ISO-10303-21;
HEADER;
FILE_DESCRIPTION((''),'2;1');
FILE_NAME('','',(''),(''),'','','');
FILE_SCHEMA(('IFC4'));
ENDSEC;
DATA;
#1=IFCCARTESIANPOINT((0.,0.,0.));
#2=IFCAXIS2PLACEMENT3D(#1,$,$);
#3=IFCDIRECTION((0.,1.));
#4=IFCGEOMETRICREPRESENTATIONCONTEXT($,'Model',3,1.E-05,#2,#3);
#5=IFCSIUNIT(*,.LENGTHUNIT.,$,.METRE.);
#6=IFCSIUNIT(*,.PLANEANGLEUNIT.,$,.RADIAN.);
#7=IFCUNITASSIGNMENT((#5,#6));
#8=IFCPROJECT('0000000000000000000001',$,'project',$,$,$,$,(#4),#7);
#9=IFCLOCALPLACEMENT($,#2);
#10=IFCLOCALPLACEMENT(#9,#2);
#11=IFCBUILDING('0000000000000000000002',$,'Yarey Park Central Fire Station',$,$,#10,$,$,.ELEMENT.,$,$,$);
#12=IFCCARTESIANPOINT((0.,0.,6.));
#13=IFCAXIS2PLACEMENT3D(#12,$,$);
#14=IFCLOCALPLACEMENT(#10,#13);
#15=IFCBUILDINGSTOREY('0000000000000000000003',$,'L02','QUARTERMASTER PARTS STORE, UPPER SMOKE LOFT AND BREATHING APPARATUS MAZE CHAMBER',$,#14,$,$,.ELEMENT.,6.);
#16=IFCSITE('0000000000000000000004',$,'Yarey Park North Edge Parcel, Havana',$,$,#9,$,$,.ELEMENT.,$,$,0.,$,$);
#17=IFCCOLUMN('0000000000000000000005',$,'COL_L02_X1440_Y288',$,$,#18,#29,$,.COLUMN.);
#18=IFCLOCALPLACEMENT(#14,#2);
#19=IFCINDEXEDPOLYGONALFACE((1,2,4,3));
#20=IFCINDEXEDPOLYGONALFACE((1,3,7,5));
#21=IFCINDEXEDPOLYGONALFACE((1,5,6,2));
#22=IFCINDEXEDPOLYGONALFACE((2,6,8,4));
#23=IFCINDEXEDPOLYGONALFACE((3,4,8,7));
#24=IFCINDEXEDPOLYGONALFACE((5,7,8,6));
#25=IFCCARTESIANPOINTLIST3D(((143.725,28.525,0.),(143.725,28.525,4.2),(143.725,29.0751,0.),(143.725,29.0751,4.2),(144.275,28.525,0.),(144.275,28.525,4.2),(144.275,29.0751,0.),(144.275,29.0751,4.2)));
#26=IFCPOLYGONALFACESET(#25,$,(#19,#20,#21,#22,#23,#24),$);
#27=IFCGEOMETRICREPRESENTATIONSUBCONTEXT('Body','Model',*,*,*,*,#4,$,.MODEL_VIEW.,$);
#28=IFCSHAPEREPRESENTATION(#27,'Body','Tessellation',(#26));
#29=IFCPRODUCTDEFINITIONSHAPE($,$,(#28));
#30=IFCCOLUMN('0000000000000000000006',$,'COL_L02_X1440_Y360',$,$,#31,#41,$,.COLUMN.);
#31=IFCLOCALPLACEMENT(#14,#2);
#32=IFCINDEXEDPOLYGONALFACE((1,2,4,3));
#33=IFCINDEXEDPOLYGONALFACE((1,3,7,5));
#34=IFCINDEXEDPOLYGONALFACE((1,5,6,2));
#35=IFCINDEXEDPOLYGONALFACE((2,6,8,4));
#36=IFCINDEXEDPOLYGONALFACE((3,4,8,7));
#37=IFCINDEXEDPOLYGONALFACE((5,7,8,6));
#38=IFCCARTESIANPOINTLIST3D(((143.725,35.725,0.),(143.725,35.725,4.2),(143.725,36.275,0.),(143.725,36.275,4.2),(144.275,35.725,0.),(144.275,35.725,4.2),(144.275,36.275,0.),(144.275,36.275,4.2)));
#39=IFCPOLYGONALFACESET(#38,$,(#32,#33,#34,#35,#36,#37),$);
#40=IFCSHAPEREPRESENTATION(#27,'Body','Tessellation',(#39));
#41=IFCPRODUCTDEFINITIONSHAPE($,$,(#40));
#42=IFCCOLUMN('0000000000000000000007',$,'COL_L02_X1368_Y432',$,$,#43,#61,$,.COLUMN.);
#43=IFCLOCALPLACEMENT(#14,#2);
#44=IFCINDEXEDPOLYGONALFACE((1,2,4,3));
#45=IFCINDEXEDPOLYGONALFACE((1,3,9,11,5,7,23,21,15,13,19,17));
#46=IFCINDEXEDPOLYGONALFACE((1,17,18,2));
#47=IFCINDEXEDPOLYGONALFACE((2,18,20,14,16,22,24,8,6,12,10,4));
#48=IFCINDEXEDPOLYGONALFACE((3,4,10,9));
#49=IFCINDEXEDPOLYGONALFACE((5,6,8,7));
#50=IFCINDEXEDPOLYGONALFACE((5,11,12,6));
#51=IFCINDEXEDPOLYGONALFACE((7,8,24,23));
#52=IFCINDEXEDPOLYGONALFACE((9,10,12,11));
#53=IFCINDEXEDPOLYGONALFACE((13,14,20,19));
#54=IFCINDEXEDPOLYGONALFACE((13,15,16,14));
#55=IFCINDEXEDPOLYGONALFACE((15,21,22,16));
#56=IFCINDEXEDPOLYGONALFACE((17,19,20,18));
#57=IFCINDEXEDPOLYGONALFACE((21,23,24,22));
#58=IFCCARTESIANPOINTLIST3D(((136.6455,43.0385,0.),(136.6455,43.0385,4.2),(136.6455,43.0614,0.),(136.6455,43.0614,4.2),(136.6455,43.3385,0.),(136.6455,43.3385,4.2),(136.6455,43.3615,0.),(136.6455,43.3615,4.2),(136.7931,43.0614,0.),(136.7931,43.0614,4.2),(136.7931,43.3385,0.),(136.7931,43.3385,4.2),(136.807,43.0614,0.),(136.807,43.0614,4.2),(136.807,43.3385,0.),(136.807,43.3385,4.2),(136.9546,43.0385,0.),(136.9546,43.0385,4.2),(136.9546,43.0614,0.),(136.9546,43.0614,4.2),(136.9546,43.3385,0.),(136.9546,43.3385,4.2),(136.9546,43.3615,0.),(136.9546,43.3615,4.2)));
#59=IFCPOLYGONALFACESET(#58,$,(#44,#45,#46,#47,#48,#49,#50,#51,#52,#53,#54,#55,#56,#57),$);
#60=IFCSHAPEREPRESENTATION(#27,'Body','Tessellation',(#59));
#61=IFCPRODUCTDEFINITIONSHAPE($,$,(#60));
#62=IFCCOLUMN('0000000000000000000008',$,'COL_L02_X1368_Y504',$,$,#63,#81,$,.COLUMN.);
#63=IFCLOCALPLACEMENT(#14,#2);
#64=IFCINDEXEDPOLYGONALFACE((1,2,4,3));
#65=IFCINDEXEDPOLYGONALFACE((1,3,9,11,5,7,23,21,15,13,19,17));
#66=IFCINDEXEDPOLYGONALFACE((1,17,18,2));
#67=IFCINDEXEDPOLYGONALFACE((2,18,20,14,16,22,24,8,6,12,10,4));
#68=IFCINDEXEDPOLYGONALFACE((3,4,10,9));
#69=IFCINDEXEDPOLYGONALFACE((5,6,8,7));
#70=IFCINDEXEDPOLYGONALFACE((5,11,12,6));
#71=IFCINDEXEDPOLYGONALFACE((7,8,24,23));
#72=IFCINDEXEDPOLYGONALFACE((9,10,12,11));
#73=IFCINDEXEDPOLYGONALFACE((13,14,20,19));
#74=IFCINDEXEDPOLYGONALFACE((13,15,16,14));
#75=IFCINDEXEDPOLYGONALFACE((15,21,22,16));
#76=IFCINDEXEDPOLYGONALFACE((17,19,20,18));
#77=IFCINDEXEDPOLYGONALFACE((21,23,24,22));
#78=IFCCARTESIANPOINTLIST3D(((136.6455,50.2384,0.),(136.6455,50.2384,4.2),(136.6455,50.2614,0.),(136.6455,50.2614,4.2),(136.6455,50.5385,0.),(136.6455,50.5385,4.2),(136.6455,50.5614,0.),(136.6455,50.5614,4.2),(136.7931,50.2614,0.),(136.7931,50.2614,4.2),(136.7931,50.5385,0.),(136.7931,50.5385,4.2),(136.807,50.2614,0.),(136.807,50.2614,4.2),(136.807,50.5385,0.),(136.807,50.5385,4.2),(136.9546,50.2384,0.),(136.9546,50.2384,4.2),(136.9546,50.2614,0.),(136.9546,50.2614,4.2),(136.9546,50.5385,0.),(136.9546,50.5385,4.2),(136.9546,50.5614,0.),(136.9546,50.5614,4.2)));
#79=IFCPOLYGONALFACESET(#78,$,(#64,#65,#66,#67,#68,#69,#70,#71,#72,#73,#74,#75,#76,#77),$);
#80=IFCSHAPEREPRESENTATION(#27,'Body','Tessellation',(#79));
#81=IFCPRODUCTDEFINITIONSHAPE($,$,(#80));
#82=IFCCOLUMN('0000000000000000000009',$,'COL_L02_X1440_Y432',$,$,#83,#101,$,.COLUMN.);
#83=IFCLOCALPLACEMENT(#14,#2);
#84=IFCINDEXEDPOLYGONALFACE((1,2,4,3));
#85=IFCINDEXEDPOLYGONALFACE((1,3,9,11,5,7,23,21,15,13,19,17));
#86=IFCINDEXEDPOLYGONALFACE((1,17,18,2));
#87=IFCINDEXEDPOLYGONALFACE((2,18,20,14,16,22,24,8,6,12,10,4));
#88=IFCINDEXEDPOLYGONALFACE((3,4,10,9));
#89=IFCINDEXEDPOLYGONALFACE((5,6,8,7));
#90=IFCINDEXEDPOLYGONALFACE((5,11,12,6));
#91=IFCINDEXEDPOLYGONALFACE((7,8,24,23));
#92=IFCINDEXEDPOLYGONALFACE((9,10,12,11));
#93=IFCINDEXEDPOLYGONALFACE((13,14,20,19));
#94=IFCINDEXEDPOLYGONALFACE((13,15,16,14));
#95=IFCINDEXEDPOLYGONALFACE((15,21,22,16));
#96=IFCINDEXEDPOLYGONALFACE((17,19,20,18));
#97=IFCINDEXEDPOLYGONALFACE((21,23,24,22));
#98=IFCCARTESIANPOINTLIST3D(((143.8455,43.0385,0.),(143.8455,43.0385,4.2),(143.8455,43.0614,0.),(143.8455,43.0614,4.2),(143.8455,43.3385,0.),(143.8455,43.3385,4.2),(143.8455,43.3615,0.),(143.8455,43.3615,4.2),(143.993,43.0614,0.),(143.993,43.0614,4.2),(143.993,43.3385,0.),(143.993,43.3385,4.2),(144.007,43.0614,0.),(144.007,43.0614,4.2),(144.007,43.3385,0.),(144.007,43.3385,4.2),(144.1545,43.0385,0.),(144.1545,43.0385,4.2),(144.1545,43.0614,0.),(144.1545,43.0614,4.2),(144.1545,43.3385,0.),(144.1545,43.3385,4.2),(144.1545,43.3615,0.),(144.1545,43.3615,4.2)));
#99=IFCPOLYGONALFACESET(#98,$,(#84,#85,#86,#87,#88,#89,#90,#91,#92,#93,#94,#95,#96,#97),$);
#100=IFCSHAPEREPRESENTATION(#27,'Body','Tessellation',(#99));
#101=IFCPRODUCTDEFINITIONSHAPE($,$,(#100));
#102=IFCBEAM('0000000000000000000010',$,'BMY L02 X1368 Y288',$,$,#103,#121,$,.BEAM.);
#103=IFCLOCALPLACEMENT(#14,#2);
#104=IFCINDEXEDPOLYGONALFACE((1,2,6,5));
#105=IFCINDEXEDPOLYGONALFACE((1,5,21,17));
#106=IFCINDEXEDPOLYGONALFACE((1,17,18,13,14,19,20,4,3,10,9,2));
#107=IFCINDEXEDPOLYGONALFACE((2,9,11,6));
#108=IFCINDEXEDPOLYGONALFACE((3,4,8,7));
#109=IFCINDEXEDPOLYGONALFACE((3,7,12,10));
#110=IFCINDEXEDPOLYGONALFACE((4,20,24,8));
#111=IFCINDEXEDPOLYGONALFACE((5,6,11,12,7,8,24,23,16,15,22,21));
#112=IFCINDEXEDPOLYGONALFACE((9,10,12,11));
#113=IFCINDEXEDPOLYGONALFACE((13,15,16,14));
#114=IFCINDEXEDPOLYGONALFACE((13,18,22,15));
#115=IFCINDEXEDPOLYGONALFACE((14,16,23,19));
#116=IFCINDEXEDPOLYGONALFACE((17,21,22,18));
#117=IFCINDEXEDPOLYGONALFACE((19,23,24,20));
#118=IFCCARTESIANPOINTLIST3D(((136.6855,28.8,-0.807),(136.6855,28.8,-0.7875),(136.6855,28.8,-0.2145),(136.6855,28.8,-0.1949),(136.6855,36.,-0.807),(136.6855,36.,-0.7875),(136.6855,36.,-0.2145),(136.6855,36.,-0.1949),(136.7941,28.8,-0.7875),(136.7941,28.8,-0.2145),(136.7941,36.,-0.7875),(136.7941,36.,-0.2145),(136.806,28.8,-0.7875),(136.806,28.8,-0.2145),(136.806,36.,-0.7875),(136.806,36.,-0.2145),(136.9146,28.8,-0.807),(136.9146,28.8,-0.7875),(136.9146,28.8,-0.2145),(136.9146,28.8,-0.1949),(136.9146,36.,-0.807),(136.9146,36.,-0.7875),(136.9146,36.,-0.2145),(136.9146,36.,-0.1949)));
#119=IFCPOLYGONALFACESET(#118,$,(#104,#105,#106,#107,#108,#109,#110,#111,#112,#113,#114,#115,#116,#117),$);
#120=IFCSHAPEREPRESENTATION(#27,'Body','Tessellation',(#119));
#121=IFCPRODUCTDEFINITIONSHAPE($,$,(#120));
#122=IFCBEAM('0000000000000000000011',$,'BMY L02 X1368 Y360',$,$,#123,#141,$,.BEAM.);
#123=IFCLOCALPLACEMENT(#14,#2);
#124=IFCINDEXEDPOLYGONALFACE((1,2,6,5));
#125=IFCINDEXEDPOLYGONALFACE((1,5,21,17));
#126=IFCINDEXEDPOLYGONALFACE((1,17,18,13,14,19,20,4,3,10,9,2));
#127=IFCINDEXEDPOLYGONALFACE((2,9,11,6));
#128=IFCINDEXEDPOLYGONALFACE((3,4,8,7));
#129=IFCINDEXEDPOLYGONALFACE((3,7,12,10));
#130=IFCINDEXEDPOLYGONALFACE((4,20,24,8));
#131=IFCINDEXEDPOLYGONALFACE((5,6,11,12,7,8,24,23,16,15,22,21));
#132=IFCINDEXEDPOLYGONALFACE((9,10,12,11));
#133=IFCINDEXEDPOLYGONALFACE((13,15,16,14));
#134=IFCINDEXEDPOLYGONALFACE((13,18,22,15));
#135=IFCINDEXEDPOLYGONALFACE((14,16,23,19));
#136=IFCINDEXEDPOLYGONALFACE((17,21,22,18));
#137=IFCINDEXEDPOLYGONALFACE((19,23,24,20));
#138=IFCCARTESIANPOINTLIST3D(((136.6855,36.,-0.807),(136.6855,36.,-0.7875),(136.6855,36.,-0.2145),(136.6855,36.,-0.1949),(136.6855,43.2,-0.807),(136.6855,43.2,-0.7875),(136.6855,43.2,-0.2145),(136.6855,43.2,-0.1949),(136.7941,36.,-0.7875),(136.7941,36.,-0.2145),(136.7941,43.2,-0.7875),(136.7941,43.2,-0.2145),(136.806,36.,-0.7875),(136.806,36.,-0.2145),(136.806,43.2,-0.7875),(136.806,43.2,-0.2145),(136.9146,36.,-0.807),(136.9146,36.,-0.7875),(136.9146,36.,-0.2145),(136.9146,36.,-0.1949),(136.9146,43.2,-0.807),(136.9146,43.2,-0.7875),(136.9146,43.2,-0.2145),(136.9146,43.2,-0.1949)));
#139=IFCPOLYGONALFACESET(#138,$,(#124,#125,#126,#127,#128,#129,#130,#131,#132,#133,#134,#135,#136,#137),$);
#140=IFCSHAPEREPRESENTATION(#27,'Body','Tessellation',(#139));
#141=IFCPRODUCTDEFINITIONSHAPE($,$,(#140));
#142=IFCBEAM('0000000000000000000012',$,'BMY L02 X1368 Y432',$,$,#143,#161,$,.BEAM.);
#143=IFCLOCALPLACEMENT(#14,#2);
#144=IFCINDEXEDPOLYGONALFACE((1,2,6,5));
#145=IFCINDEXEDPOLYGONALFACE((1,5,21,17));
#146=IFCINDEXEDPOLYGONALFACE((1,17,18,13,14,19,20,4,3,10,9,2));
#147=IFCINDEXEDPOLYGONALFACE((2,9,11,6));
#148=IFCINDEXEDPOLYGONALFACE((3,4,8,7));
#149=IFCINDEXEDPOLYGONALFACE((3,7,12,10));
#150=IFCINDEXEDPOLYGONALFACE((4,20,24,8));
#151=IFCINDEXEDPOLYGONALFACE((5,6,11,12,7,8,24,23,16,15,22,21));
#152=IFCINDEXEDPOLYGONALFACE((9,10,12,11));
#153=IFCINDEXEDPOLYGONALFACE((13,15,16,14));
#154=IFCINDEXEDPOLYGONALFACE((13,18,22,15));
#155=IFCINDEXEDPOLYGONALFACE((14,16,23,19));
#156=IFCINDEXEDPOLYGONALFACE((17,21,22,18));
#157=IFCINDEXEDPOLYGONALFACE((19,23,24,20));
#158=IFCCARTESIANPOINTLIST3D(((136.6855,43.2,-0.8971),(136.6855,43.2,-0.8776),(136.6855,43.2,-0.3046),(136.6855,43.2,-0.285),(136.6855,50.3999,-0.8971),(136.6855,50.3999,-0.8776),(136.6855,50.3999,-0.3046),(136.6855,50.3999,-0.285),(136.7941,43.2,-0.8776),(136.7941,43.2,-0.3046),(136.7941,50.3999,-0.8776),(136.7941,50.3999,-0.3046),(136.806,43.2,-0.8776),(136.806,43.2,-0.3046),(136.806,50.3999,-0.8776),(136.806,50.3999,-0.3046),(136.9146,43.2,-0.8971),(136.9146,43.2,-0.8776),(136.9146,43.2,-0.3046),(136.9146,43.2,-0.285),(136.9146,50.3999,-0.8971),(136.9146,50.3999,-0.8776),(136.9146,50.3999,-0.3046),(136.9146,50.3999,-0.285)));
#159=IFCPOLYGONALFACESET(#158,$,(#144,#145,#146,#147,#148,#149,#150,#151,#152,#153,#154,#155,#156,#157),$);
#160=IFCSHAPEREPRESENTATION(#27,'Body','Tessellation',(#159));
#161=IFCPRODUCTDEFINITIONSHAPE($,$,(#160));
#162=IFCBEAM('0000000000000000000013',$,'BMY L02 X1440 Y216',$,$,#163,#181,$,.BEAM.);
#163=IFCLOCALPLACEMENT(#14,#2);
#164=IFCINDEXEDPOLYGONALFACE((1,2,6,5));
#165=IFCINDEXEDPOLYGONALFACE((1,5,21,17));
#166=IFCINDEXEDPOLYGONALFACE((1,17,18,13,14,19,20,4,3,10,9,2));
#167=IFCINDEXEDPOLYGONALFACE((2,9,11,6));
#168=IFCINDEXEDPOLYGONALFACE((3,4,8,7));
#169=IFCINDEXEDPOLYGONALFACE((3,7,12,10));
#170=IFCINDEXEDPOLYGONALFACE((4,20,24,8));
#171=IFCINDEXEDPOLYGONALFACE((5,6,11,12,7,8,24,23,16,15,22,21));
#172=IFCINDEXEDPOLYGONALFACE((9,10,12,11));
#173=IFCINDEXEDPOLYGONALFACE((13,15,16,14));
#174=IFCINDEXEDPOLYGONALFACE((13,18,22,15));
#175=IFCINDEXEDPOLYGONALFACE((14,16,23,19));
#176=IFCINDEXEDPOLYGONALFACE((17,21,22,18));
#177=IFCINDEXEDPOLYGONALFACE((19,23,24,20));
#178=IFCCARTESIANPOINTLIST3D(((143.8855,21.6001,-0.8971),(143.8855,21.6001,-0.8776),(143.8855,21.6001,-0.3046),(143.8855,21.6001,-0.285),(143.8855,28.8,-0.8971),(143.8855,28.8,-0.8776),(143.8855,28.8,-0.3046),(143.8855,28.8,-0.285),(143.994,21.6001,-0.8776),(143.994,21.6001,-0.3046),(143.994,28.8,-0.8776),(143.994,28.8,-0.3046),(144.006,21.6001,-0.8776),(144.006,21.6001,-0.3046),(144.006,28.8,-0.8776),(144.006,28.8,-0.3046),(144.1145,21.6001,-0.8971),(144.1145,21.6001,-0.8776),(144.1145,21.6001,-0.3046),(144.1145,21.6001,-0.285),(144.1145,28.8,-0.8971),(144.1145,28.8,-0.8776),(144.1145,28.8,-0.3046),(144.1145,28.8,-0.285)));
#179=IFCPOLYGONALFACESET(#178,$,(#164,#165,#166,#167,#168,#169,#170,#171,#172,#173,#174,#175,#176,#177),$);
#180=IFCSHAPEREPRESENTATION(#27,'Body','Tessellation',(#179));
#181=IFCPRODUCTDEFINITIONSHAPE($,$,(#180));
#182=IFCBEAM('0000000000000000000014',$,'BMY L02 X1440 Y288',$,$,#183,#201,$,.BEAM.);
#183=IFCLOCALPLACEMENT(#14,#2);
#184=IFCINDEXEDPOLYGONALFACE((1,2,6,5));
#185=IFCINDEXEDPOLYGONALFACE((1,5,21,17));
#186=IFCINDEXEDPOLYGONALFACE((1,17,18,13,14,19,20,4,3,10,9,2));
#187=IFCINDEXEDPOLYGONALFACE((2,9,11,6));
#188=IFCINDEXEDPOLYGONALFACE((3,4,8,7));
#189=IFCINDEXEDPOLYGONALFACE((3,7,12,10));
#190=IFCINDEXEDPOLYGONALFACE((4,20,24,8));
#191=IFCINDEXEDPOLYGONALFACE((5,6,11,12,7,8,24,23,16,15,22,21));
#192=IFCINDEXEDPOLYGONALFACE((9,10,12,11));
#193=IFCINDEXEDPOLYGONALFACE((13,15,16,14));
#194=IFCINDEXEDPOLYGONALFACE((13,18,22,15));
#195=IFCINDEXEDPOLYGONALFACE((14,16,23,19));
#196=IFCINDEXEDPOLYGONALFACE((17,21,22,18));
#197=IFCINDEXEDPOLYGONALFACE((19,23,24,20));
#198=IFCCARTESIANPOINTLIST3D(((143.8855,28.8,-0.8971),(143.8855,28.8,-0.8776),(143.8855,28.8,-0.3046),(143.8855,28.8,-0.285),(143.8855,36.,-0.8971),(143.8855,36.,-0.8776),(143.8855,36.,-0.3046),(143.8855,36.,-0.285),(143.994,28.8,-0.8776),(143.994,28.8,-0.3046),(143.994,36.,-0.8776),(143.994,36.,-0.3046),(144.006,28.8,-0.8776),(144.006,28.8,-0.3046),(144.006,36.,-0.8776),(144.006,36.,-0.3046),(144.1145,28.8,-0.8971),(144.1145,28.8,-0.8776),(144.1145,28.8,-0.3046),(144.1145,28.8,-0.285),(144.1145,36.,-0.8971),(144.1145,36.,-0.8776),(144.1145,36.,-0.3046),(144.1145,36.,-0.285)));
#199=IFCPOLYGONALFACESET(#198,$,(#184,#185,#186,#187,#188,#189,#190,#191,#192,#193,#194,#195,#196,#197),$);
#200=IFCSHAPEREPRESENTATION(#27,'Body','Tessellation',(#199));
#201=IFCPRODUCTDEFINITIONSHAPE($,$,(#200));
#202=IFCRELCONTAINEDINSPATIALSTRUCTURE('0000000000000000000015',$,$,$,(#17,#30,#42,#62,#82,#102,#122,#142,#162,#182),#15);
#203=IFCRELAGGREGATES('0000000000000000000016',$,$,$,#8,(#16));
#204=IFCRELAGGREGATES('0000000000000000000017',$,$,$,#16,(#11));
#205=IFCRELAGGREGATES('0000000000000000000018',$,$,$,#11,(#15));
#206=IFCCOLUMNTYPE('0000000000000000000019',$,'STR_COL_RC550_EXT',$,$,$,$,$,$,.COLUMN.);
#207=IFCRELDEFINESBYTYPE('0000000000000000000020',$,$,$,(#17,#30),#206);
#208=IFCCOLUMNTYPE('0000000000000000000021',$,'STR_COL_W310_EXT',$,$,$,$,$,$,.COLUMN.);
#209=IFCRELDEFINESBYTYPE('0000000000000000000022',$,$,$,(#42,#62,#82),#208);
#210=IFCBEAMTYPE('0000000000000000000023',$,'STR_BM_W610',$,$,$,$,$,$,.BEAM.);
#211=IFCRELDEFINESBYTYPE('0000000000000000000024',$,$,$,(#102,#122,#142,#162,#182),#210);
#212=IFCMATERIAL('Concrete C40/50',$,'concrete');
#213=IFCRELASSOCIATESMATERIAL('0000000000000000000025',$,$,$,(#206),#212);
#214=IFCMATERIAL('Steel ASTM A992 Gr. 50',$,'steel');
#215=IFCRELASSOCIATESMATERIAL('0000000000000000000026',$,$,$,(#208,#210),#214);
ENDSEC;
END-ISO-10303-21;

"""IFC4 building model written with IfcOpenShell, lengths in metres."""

from ifc_helpers import new_model, si_unit, direction, frame, origin, origin_2d, place, context, subcontext, project, spatial, rectangle, i_section, extrude, material, material_profile, profile_set, type_object, element, save


model = new_model("IFC4")

# Units and contexts
model_context = context("Model", 3, precision=1e-05, world=origin(), true_north=direction((0.0, 1.0)))
body_context = subcontext(model_context, "Body", "Model", "MODEL_VIEW")
ifc_project = project(units=[si_unit("LENGTHUNIT", "METRE"), si_unit("PLANEANGLEUNIT", "RADIAN")], contexts=[model_context])

# Site, building, storey
site_placement = place(None, origin())
site = spatial("IfcSite", under=ifc_project, at=site_placement, Name="Yarey Park North Edge Parcel, Havana", CompositionType="ELEMENT", RefElevation=0.0)
building_placement = place(site_placement, origin())
building = spatial("IfcBuilding", under=site, at=building_placement, Name="Yarey Park Central Fire Station", CompositionType="ELEMENT")
storey_placement = place(building_placement, frame((0.0, 0.0, 6.0)))
storey = spatial("IfcBuildingStorey", under=building, at=storey_placement, Name="L02", Description="QUARTERMASTER PARTS STORE, UPPER SMOKE LOFT AND BREATHING APPARATUS MAZE CHAMBER", CompositionType="ELEMENT", Elevation=6.0)

# Columns
ifc_material_1 = material(Name="Concrete C40/50", Category="concrete")
ifc_material_profile_1 = material_profile(ifc_material_1, rectangle(XDim=0.55, YDim=0.55, at=origin_2d()), Name="RC 550x550")
ifc_profile_set_1 = profile_set([ifc_material_profile_1], Name="Concrete C40/50")
column_type_1 = type_object("IfcColumnType", Name="STR_COL_RC550_EXT", PredefinedType="COLUMN", material=ifc_profile_set_1)
for number, where, z_axis, x_axis, name in (
    (1, (144.0, 28.8, 0.0), (0.0, 0.0, 1.0), (1.0, 0.0, 0.0), "COL_L02_X1440_Y288"),
    (2, (144.0, 36.0, 0.0), (0.0, 0.0, 1.0), (1.0, 0.0, 0.0), "COL_L02_X1440_Y360"),
):
    element("IfcColumn", number, at=place(storey_placement, frame(where, z_axis=z_axis, x_axis=x_axis)), inside=storey, type_object=column_type_1, Name=name, PredefinedType="COLUMN", context=body_context, shape_type="SweptSolid", body=[
        extrude(rectangle(XDim=0.55, YDim=0.55, at=origin_2d()), origin(), (0.0, 0.0, 1.0), 4.2),
    ])
ifc_material_2 = material(Name="Steel ASTM A992 Gr. 50", Category="steel")
ifc_material_profile_2 = material_profile(ifc_material_2, i_section(OverallWidth=0.3091, OverallDepth=0.323, WebThickness=0.0139, FlangeThickness=0.0229, at=origin_2d()), Name="W310x143")
ifc_profile_set_2 = profile_set([ifc_material_profile_2], Name="Steel ASTM A992 Gr. 50")
column_type_2 = type_object("IfcColumnType", Name="STR_COL_W310_EXT", PredefinedType="COLUMN", material=ifc_profile_set_2)
for number, where, z_axis, x_axis, name in (
    (3, (136.8, 43.2, 0.0), (0.0, 0.0, 1.0), (1.0, 0.0, 0.0), "COL_L02_X1368_Y432"),
    (4, (136.8, 50.3999, 0.0), (0.0, 0.0, 1.0), (1.0, 0.0, 0.0), "COL_L02_X1368_Y504"),
    (5, (144.0, 43.2, 0.0), (0.0, 0.0, 1.0), (1.0, 0.0, 0.0), "COL_L02_X1440_Y432"),
):
    element("IfcColumn", number, at=place(storey_placement, frame(where, z_axis=z_axis, x_axis=x_axis)), inside=storey, type_object=column_type_2, Name=name, PredefinedType="COLUMN", context=body_context, shape_type="SweptSolid", body=[
        extrude(i_section(OverallWidth=0.3091, OverallDepth=0.323, WebThickness=0.0139, FlangeThickness=0.0229, at=origin_2d()), origin(), (0.0, 0.0, 1.0), 4.2),
    ])

# Beams
ifc_material_profile_3 = material_profile(ifc_material_2, i_section(OverallWidth=0.229, OverallDepth=0.6121, WebThickness=0.012, FlangeThickness=0.0195, at=origin_2d()), Name="W610x125")
ifc_profile_set_3 = profile_set([ifc_material_profile_3], Name="Steel ASTM A992 Gr. 50")
beam_type_1 = type_object("IfcBeamType", Name="STR_BM_W610", PredefinedType="BEAM", material=ifc_profile_set_3)
for number, where, z_axis, x_axis, name in (
    (6, (136.8, 28.8, -0.501), (0.0, 1.0, 0.0), (-1.0, 0.0, 0.0), "BMY L02 X1368 Y288"),
    (7, (136.8, 36.0, -0.501), (0.0, 1.0, 0.0), (-1.0, 0.0, 0.0), "BMY L02 X1368 Y360"),
    (8, (136.8, 43.2, -0.5911), (0.0, 1.0, 0.0), (-1.0, 0.0, 0.0), "BMY L02 X1368 Y432"),
    (9, (144.0, 21.6001, -0.5911), (0.0, 1.0, 0.0), (-1.0, 0.0, 0.0), "BMY L02 X1440 Y216"),
    (10, (144.0, 28.8, -0.5911), (0.0, 1.0, 0.0), (-1.0, 0.0, 0.0), "BMY L02 X1440 Y288"),
):
    element("IfcBeam", number, at=place(storey_placement, frame(where, z_axis=z_axis, x_axis=x_axis)), inside=storey, type_object=beam_type_1, Name=name, PredefinedType="BEAM", context=body_context, shape_type="SweptSolid", body=[
        extrude(i_section(OverallWidth=0.229, OverallDepth=0.6121, WebThickness=0.012, FlangeThickness=0.0195, at=origin_2d()), origin(), (0.0, 0.0, 1.0), 7.2),
    ])

save(model, "model.ifc")
